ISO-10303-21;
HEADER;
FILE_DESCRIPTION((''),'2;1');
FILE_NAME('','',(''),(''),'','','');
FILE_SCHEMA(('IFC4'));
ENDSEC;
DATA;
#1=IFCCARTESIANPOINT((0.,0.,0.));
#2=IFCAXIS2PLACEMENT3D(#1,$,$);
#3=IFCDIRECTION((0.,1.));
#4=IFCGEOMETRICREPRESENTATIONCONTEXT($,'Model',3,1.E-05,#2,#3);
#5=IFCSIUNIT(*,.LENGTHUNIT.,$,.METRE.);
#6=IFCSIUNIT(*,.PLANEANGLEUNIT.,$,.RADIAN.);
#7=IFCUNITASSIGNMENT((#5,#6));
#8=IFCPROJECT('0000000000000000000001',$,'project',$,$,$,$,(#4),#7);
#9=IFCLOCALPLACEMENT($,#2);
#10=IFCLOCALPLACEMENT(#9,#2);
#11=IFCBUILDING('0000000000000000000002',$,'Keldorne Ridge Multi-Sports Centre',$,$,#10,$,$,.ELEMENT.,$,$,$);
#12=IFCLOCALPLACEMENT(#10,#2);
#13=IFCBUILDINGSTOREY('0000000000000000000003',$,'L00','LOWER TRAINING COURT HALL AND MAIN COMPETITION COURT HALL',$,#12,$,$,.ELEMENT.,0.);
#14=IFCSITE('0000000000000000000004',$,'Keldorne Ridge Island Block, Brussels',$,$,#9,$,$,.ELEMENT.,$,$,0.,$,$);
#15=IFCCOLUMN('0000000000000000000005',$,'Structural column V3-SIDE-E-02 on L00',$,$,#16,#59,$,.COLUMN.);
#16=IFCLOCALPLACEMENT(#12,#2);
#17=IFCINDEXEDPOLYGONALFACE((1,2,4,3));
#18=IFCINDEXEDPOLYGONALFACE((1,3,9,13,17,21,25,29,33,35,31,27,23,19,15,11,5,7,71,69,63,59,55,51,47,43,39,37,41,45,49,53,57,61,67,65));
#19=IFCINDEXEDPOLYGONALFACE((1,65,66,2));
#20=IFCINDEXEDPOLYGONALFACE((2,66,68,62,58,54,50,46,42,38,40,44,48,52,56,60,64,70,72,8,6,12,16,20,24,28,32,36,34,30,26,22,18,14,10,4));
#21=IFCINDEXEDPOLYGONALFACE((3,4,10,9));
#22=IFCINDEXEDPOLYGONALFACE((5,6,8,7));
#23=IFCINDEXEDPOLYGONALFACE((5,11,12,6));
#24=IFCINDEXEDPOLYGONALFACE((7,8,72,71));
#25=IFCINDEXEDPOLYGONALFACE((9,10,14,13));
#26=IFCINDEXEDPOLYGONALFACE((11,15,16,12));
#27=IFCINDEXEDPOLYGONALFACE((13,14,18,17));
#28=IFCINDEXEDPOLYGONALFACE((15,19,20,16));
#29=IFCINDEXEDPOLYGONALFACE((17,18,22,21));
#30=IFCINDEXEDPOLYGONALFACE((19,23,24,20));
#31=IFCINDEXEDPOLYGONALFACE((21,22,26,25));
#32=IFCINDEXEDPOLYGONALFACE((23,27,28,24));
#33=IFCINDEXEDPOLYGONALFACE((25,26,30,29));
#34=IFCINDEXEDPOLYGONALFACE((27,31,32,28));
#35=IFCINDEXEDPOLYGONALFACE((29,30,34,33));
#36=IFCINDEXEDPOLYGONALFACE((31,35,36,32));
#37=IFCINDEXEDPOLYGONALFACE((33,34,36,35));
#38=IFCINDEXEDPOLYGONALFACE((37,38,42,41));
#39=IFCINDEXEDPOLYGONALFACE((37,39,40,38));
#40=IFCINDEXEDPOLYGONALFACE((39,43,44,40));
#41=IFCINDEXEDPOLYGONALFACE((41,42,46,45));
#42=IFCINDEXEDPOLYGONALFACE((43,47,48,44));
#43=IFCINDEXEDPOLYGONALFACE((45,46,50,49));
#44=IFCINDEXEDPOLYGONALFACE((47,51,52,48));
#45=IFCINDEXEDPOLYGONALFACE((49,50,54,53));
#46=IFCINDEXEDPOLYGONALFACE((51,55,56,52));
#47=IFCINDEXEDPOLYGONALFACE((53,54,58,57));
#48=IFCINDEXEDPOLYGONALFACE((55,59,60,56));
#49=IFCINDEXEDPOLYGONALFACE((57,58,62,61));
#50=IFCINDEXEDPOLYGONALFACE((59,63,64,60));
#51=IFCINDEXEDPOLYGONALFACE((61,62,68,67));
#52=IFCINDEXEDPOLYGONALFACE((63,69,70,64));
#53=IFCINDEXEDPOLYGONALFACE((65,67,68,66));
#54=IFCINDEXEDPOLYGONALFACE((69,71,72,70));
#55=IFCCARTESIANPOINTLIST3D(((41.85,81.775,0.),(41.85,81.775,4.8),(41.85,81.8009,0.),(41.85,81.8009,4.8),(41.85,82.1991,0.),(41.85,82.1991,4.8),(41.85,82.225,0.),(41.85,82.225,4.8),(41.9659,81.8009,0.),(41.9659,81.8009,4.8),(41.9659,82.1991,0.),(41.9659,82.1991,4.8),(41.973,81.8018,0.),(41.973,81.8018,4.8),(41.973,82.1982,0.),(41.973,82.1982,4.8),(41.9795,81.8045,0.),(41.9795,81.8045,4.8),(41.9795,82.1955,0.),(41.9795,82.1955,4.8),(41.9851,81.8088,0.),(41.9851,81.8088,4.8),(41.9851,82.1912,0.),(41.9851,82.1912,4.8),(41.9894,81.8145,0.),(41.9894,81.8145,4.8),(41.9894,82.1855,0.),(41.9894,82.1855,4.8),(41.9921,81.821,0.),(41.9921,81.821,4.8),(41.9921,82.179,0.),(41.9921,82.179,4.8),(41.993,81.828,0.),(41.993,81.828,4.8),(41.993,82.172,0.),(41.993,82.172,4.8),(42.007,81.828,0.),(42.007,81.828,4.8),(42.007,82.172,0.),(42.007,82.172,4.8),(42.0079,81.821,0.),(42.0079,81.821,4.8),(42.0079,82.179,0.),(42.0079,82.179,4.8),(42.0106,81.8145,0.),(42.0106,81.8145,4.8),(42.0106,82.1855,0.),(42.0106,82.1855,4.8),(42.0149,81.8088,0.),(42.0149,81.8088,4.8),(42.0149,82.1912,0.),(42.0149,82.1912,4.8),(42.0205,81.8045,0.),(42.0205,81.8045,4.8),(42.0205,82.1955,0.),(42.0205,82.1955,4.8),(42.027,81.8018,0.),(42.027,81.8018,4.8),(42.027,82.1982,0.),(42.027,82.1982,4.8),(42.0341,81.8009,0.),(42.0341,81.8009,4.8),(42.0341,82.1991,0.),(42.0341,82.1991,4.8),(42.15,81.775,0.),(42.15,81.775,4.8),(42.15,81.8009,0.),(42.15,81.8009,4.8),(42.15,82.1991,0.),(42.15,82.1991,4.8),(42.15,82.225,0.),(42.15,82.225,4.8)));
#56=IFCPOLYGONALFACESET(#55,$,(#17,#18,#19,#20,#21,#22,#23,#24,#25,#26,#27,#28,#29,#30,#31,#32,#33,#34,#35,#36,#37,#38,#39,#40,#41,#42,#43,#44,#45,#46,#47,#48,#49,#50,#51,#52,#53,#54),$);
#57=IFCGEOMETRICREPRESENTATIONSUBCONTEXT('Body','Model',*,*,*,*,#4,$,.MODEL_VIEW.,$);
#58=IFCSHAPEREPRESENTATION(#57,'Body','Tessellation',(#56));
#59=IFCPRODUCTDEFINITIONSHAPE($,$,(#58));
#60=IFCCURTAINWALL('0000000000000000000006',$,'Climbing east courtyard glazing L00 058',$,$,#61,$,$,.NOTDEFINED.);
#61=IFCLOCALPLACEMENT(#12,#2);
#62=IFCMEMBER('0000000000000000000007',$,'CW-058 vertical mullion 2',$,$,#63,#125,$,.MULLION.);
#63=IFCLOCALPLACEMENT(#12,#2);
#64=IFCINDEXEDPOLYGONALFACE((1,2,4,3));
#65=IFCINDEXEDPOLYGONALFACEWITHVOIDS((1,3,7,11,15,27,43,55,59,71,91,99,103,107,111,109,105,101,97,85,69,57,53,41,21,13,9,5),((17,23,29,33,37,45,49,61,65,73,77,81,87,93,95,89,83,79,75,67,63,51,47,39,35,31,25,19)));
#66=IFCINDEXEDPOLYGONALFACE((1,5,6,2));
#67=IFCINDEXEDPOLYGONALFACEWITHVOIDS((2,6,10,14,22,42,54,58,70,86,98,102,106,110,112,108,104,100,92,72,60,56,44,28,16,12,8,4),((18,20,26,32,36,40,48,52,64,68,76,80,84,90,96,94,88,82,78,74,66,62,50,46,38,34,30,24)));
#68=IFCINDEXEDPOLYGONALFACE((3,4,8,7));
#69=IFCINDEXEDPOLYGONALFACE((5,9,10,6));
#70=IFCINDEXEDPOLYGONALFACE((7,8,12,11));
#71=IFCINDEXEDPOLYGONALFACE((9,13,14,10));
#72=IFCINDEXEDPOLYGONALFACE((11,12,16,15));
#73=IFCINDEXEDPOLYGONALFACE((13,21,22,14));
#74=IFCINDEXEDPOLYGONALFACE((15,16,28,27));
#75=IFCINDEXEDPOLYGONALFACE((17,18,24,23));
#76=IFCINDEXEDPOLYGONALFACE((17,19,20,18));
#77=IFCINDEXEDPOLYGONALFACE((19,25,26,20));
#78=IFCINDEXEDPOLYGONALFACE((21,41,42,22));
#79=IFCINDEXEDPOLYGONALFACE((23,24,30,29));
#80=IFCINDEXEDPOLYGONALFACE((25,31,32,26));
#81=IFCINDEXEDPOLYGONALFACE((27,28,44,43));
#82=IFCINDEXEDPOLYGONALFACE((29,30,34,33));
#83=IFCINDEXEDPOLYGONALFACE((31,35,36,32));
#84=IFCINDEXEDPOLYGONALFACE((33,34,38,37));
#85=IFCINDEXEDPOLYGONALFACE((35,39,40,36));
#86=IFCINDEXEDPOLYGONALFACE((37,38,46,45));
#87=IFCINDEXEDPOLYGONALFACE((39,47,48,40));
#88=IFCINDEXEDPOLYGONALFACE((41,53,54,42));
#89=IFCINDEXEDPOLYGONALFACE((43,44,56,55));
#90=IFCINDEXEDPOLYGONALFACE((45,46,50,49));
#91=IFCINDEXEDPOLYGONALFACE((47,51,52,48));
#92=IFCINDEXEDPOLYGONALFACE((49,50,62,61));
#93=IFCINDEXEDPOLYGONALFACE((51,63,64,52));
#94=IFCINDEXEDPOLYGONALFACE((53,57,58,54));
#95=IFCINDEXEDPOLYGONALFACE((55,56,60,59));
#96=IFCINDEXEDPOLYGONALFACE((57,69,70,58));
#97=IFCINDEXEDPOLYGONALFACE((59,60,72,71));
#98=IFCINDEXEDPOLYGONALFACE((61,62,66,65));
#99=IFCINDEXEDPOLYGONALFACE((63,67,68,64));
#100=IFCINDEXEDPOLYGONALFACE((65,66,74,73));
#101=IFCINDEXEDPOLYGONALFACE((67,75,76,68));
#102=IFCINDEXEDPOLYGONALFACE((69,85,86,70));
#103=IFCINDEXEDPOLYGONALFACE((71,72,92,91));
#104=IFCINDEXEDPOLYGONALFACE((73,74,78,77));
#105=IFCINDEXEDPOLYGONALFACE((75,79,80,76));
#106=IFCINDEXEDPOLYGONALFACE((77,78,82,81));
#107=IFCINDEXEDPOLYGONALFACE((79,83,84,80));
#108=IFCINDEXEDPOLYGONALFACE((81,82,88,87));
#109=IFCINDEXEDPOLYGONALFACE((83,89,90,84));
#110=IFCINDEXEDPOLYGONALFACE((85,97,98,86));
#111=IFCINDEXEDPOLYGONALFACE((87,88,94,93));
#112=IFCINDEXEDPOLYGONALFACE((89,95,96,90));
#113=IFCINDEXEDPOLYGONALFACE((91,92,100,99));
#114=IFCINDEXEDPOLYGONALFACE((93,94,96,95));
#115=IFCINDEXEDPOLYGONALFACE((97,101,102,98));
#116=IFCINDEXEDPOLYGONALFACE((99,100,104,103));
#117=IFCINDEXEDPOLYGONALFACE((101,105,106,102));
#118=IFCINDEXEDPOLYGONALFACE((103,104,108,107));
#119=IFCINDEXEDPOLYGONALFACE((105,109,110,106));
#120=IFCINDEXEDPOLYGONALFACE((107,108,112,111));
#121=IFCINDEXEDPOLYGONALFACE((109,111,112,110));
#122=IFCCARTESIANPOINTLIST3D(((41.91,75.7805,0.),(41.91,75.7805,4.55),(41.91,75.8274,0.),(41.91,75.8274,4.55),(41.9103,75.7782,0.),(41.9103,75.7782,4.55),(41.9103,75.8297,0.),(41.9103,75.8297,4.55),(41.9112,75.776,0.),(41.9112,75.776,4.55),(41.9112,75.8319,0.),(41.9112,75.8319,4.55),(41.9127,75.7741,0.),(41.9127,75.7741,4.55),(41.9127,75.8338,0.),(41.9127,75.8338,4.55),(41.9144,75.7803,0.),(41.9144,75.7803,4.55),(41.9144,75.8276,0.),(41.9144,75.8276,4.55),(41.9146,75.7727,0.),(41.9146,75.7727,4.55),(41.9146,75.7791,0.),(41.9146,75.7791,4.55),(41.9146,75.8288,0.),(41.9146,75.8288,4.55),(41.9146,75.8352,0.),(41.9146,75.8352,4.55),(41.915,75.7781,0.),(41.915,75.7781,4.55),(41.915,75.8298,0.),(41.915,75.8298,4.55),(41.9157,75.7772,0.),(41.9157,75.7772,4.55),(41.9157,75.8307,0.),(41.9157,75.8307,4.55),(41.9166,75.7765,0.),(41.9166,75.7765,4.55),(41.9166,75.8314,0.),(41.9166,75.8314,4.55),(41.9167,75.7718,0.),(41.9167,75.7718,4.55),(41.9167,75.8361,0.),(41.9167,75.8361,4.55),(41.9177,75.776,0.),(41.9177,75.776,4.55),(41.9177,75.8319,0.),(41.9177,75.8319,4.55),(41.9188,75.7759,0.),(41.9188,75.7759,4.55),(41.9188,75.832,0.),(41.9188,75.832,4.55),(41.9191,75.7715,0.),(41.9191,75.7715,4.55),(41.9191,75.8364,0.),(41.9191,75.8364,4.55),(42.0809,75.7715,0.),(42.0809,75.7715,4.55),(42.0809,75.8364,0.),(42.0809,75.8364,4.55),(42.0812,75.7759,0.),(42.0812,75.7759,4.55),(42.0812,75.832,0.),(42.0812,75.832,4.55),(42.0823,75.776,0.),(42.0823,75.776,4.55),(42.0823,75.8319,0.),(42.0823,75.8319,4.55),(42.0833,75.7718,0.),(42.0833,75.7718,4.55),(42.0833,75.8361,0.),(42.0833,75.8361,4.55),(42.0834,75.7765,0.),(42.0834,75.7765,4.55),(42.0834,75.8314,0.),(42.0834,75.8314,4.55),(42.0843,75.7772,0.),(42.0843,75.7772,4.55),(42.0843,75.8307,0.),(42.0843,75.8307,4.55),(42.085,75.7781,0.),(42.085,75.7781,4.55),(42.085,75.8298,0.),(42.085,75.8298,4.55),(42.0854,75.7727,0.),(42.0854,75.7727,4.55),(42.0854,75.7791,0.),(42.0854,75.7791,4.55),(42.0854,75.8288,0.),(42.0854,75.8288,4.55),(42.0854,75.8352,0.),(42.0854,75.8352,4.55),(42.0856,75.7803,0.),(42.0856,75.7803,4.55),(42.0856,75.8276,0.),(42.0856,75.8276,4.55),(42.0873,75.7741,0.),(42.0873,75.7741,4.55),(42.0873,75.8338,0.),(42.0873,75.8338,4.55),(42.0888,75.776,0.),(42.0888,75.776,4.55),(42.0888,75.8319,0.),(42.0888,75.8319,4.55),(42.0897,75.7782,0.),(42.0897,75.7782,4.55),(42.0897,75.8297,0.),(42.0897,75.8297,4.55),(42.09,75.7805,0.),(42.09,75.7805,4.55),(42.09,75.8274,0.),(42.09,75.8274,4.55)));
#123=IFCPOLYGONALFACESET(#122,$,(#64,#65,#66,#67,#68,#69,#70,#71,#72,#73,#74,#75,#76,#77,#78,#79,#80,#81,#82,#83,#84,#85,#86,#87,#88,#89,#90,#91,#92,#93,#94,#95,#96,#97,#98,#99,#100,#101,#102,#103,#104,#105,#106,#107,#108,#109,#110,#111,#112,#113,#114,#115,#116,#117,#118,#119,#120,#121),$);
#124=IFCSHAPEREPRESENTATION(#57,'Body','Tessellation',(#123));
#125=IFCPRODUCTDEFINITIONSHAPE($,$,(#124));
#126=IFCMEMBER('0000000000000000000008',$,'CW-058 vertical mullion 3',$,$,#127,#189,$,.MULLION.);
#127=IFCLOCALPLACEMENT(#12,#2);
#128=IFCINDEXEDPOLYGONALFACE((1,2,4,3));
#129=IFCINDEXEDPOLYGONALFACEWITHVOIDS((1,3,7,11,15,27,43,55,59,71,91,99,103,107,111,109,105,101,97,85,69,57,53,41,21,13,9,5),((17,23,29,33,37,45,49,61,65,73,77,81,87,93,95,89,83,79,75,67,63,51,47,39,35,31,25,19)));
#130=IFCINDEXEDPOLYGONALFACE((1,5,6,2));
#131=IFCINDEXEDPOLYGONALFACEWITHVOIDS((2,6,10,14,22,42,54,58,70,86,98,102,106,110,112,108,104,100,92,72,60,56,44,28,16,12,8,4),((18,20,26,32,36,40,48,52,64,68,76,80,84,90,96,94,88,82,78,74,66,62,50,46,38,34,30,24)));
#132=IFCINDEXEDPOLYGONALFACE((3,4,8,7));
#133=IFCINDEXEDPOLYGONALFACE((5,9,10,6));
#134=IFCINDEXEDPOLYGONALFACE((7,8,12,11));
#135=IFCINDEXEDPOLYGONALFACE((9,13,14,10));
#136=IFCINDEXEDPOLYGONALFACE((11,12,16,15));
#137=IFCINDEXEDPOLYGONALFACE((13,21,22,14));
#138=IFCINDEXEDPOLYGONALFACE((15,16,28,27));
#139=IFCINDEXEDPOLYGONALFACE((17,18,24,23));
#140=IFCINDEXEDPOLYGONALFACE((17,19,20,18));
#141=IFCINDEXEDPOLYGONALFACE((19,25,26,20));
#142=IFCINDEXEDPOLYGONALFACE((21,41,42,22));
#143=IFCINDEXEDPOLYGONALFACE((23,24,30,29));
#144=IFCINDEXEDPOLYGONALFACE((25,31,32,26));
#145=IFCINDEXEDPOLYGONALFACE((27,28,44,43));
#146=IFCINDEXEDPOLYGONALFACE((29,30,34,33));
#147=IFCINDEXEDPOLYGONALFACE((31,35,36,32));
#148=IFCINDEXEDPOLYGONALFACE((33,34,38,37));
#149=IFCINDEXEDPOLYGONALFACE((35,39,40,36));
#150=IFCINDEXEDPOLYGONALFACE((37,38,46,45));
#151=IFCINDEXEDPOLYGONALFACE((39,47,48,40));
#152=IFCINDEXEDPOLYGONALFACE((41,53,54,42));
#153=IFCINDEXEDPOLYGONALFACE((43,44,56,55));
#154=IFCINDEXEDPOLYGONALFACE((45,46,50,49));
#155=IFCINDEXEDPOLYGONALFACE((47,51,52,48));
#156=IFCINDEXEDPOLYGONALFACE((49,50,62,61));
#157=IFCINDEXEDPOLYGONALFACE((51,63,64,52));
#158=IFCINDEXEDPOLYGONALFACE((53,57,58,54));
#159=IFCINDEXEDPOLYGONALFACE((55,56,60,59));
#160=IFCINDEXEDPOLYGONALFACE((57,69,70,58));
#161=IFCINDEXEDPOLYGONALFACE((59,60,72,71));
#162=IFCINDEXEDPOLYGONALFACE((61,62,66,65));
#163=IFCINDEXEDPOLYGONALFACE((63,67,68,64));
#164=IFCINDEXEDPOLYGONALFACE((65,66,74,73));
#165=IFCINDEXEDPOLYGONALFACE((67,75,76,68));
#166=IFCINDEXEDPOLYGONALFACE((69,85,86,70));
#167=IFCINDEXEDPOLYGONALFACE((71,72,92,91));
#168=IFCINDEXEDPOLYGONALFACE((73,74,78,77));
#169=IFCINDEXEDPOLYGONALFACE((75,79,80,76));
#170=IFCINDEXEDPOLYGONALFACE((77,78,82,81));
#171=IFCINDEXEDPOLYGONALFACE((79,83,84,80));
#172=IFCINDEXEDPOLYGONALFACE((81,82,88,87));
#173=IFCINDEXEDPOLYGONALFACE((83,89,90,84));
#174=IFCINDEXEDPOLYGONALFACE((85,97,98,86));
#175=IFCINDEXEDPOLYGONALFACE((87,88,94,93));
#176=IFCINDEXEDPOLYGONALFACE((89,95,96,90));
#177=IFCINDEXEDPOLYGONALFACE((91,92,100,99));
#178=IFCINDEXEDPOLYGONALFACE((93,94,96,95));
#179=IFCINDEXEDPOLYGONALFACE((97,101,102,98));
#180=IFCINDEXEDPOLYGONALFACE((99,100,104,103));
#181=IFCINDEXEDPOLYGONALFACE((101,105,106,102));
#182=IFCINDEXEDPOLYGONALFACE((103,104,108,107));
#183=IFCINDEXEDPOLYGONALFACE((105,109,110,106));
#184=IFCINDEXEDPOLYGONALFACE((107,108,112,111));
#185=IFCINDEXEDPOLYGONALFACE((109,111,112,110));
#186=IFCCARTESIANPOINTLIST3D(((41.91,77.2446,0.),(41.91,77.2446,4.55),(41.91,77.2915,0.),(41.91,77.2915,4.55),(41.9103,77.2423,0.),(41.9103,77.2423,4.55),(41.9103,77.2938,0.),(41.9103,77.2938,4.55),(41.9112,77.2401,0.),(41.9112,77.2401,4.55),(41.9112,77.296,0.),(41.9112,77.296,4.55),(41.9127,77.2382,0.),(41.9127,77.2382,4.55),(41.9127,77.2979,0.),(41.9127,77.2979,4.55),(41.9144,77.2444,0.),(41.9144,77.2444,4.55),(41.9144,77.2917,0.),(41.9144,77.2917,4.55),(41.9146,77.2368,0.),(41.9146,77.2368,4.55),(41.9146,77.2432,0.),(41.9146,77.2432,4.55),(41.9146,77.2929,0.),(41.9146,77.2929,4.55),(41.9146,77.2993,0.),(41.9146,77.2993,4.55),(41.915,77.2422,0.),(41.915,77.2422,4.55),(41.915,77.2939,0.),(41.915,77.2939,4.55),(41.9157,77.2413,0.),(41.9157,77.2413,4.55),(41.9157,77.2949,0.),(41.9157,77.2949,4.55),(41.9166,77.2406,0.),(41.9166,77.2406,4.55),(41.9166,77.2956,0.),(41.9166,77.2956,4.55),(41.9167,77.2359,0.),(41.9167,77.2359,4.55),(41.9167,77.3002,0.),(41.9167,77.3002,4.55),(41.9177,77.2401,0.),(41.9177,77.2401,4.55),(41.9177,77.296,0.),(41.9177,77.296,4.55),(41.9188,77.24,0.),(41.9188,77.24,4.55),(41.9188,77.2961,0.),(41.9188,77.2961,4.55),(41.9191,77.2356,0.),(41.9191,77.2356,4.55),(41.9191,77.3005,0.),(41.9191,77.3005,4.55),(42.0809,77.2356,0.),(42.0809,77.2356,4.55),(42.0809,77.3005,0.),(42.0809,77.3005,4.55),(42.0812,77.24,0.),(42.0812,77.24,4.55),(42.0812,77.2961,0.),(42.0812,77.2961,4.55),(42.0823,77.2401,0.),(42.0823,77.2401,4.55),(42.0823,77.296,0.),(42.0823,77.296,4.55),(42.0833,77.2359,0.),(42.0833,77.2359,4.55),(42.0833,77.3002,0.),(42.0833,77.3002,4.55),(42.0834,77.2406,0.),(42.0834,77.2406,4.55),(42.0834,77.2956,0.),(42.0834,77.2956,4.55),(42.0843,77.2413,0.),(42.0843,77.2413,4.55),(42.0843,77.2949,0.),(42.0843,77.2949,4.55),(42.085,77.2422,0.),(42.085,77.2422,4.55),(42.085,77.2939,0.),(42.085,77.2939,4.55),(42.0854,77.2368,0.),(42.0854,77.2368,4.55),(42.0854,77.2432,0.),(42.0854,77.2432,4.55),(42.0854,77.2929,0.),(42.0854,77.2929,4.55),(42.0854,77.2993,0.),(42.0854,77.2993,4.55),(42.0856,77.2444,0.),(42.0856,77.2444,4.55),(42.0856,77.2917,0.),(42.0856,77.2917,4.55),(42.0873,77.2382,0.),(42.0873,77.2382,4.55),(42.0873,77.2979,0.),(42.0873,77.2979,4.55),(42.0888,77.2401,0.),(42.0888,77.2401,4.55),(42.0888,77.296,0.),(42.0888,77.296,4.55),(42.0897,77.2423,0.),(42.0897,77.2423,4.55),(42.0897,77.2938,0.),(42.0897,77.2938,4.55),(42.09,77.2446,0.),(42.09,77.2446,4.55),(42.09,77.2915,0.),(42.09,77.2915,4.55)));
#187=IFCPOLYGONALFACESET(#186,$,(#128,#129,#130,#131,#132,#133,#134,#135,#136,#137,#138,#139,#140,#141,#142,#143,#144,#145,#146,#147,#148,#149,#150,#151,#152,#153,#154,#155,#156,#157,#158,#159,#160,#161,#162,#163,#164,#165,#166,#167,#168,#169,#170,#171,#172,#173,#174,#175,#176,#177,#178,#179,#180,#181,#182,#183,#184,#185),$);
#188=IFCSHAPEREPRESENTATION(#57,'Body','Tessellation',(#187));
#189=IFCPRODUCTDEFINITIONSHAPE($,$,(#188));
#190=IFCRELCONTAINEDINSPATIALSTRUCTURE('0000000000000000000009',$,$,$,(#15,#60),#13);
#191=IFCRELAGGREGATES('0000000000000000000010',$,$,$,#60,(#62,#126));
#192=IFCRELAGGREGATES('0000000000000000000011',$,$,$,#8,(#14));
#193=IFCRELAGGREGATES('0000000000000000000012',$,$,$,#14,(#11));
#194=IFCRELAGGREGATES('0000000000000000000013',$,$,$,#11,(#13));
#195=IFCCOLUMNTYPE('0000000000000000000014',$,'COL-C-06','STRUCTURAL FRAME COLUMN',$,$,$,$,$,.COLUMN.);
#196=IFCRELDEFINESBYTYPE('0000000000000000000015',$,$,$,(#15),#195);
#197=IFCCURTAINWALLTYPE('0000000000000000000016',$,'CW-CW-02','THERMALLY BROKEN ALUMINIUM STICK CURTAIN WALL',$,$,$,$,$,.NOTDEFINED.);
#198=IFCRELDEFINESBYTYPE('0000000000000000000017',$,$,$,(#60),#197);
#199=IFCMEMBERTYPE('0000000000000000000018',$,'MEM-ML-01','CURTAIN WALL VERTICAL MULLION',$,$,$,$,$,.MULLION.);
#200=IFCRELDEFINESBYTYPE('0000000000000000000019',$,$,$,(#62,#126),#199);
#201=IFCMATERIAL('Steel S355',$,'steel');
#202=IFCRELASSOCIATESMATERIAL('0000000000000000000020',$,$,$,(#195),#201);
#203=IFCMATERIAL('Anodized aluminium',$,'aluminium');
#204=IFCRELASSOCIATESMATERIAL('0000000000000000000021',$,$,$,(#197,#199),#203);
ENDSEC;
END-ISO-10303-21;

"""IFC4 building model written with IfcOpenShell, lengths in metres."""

from ifc_helpers import new_model, si_unit, direction, frame, origin, origin_2d, place, context, subcontext, project, spatial, hollow_rectangle, i_section, extrude, material, material_profile, profile_set, type_object, element, aggregate, save


model = new_model("IFC4")

# Units and contexts
model_context = context("Model", 3, precision=1e-05, world=origin(), true_north=direction((0.0, 1.0)))
body_context = subcontext(model_context, "Body", "Model", "MODEL_VIEW")
ifc_project = project(units=[si_unit("LENGTHUNIT", "METRE"), si_unit("PLANEANGLEUNIT", "RADIAN")], contexts=[model_context])

# Site, building, storey
site_placement = place(None, origin())
site = spatial("IfcSite", under=ifc_project, at=site_placement, Name="Keldorne Ridge Island Block, Brussels", CompositionType="ELEMENT", RefElevation=0.0)
building_placement = place(site_placement, origin())
building = spatial("IfcBuilding", under=site, at=building_placement, Name="Keldorne Ridge Multi-Sports Centre", CompositionType="ELEMENT")
storey_placement = place(building_placement, origin())
storey = spatial("IfcBuildingStorey", under=building, at=storey_placement, Name="L00", Description="LOWER TRAINING COURT HALL AND MAIN COMPETITION COURT HALL", CompositionType="ELEMENT", Elevation=0.0)

# Column
ifc_material_1 = material(Name="Steel S355", Category="steel")
ifc_material_profile_1 = material_profile(ifc_material_1, i_section(OverallWidth=0.3, OverallDepth=0.45, WebThickness=0.0139, FlangeThickness=0.0259, FilletRadius=0.0271, at=origin_2d()), Name="HEB 450")
ifc_profile_set_1 = profile_set([ifc_material_profile_1], Name="Steel S355")
column_type = type_object("IfcColumnType", Name="COL-C-06", Description="STRUCTURAL FRAME COLUMN", PredefinedType="COLUMN", material=ifc_profile_set_1)
column_placement = place(storey_placement, frame((42.0, 82.0, 0.0), z_axis=(0.0, 0.0, 1.0), x_axis=(1.0, 0.0, 0.0)))
element("IfcColumn", 1, at=column_placement, inside=storey, type_object=column_type, Name="Structural column V3-SIDE-E-02 on L00", PredefinedType="COLUMN", context=body_context, shape_type="SweptSolid", body=[
    extrude(i_section(OverallWidth=0.3, OverallDepth=0.45, WebThickness=0.0139, FlangeThickness=0.0259, FilletRadius=0.0271, at=origin_2d()), origin(), (0.0, 0.0, 1.0), 4.8),
])

# Curtain wall, members
ifc_material_2 = material(Name="Anodized aluminium", Category="aluminium")
curtain_wall_type = type_object("IfcCurtainWallType", Name="CW-CW-02", Description="THERMALLY BROKEN ALUMINIUM STICK CURTAIN WALL", PredefinedType="NOTDEFINED", material=ifc_material_2)
curtain_wall_placement = place(storey_placement, origin())
curtain_wall = element("IfcCurtainWall", 2, at=curtain_wall_placement, inside=storey, type_object=curtain_wall_type, Name="Climbing east courtyard glazing L00 058", PredefinedType="NOTDEFINED")
ifc_material_profile_2 = material_profile(ifc_material_2, hollow_rectangle(XDim=0.0649, YDim=0.1799, WallThickness=0.0044, InnerFilletRadius=0.0044, OuterFilletRadius=0.009, at=origin_2d()), Name="ALU MULLION 180x65x4.5")
ifc_profile_set_2 = profile_set([ifc_material_profile_2], Name="Anodized aluminium")
member_type_1 = type_object("IfcMemberType", Name="MEM-ML-01", Description="CURTAIN WALL VERTICAL MULLION", PredefinedType="MULLION", material=ifc_profile_set_2)
member_1_placement = place(storey_placement, frame((42.0, 75.804, 0.0), z_axis=(0.0, 0.0, 1.0), x_axis=(0.0, 1.0, 0.0)))
member_1 = element("IfcMember", 3, at=member_1_placement, type_object=member_type_1, Name="CW-058 vertical mullion 2", PredefinedType="MULLION", context=body_context, shape_type="SweptSolid", body=[
    extrude(hollow_rectangle(XDim=0.0649, YDim=0.1799, WallThickness=0.0044, InnerFilletRadius=0.0044, OuterFilletRadius=0.009, at=origin_2d()), origin(), (0.0, 0.0, 1.0), 4.55),
])
member_2_placement = place(storey_placement, frame((42.0, 77.2681, 0.0), z_axis=(0.0, 0.0, 1.0), x_axis=(0.0, 1.0, 0.0)))
member_2 = element("IfcMember", 4, at=member_2_placement, type_object=member_type_1, Name="CW-058 vertical mullion 3", PredefinedType="MULLION", context=body_context, shape_type="SweptSolid", body=[
    extrude(hollow_rectangle(XDim=0.0649, YDim=0.1799, WallThickness=0.0044, InnerFilletRadius=0.0044, OuterFilletRadius=0.009, at=origin_2d()), origin(), (0.0, 0.0, 1.0), 4.55),
])
aggregate(curtain_wall, [member_1, member_2])

save(model, "model.ifc")
